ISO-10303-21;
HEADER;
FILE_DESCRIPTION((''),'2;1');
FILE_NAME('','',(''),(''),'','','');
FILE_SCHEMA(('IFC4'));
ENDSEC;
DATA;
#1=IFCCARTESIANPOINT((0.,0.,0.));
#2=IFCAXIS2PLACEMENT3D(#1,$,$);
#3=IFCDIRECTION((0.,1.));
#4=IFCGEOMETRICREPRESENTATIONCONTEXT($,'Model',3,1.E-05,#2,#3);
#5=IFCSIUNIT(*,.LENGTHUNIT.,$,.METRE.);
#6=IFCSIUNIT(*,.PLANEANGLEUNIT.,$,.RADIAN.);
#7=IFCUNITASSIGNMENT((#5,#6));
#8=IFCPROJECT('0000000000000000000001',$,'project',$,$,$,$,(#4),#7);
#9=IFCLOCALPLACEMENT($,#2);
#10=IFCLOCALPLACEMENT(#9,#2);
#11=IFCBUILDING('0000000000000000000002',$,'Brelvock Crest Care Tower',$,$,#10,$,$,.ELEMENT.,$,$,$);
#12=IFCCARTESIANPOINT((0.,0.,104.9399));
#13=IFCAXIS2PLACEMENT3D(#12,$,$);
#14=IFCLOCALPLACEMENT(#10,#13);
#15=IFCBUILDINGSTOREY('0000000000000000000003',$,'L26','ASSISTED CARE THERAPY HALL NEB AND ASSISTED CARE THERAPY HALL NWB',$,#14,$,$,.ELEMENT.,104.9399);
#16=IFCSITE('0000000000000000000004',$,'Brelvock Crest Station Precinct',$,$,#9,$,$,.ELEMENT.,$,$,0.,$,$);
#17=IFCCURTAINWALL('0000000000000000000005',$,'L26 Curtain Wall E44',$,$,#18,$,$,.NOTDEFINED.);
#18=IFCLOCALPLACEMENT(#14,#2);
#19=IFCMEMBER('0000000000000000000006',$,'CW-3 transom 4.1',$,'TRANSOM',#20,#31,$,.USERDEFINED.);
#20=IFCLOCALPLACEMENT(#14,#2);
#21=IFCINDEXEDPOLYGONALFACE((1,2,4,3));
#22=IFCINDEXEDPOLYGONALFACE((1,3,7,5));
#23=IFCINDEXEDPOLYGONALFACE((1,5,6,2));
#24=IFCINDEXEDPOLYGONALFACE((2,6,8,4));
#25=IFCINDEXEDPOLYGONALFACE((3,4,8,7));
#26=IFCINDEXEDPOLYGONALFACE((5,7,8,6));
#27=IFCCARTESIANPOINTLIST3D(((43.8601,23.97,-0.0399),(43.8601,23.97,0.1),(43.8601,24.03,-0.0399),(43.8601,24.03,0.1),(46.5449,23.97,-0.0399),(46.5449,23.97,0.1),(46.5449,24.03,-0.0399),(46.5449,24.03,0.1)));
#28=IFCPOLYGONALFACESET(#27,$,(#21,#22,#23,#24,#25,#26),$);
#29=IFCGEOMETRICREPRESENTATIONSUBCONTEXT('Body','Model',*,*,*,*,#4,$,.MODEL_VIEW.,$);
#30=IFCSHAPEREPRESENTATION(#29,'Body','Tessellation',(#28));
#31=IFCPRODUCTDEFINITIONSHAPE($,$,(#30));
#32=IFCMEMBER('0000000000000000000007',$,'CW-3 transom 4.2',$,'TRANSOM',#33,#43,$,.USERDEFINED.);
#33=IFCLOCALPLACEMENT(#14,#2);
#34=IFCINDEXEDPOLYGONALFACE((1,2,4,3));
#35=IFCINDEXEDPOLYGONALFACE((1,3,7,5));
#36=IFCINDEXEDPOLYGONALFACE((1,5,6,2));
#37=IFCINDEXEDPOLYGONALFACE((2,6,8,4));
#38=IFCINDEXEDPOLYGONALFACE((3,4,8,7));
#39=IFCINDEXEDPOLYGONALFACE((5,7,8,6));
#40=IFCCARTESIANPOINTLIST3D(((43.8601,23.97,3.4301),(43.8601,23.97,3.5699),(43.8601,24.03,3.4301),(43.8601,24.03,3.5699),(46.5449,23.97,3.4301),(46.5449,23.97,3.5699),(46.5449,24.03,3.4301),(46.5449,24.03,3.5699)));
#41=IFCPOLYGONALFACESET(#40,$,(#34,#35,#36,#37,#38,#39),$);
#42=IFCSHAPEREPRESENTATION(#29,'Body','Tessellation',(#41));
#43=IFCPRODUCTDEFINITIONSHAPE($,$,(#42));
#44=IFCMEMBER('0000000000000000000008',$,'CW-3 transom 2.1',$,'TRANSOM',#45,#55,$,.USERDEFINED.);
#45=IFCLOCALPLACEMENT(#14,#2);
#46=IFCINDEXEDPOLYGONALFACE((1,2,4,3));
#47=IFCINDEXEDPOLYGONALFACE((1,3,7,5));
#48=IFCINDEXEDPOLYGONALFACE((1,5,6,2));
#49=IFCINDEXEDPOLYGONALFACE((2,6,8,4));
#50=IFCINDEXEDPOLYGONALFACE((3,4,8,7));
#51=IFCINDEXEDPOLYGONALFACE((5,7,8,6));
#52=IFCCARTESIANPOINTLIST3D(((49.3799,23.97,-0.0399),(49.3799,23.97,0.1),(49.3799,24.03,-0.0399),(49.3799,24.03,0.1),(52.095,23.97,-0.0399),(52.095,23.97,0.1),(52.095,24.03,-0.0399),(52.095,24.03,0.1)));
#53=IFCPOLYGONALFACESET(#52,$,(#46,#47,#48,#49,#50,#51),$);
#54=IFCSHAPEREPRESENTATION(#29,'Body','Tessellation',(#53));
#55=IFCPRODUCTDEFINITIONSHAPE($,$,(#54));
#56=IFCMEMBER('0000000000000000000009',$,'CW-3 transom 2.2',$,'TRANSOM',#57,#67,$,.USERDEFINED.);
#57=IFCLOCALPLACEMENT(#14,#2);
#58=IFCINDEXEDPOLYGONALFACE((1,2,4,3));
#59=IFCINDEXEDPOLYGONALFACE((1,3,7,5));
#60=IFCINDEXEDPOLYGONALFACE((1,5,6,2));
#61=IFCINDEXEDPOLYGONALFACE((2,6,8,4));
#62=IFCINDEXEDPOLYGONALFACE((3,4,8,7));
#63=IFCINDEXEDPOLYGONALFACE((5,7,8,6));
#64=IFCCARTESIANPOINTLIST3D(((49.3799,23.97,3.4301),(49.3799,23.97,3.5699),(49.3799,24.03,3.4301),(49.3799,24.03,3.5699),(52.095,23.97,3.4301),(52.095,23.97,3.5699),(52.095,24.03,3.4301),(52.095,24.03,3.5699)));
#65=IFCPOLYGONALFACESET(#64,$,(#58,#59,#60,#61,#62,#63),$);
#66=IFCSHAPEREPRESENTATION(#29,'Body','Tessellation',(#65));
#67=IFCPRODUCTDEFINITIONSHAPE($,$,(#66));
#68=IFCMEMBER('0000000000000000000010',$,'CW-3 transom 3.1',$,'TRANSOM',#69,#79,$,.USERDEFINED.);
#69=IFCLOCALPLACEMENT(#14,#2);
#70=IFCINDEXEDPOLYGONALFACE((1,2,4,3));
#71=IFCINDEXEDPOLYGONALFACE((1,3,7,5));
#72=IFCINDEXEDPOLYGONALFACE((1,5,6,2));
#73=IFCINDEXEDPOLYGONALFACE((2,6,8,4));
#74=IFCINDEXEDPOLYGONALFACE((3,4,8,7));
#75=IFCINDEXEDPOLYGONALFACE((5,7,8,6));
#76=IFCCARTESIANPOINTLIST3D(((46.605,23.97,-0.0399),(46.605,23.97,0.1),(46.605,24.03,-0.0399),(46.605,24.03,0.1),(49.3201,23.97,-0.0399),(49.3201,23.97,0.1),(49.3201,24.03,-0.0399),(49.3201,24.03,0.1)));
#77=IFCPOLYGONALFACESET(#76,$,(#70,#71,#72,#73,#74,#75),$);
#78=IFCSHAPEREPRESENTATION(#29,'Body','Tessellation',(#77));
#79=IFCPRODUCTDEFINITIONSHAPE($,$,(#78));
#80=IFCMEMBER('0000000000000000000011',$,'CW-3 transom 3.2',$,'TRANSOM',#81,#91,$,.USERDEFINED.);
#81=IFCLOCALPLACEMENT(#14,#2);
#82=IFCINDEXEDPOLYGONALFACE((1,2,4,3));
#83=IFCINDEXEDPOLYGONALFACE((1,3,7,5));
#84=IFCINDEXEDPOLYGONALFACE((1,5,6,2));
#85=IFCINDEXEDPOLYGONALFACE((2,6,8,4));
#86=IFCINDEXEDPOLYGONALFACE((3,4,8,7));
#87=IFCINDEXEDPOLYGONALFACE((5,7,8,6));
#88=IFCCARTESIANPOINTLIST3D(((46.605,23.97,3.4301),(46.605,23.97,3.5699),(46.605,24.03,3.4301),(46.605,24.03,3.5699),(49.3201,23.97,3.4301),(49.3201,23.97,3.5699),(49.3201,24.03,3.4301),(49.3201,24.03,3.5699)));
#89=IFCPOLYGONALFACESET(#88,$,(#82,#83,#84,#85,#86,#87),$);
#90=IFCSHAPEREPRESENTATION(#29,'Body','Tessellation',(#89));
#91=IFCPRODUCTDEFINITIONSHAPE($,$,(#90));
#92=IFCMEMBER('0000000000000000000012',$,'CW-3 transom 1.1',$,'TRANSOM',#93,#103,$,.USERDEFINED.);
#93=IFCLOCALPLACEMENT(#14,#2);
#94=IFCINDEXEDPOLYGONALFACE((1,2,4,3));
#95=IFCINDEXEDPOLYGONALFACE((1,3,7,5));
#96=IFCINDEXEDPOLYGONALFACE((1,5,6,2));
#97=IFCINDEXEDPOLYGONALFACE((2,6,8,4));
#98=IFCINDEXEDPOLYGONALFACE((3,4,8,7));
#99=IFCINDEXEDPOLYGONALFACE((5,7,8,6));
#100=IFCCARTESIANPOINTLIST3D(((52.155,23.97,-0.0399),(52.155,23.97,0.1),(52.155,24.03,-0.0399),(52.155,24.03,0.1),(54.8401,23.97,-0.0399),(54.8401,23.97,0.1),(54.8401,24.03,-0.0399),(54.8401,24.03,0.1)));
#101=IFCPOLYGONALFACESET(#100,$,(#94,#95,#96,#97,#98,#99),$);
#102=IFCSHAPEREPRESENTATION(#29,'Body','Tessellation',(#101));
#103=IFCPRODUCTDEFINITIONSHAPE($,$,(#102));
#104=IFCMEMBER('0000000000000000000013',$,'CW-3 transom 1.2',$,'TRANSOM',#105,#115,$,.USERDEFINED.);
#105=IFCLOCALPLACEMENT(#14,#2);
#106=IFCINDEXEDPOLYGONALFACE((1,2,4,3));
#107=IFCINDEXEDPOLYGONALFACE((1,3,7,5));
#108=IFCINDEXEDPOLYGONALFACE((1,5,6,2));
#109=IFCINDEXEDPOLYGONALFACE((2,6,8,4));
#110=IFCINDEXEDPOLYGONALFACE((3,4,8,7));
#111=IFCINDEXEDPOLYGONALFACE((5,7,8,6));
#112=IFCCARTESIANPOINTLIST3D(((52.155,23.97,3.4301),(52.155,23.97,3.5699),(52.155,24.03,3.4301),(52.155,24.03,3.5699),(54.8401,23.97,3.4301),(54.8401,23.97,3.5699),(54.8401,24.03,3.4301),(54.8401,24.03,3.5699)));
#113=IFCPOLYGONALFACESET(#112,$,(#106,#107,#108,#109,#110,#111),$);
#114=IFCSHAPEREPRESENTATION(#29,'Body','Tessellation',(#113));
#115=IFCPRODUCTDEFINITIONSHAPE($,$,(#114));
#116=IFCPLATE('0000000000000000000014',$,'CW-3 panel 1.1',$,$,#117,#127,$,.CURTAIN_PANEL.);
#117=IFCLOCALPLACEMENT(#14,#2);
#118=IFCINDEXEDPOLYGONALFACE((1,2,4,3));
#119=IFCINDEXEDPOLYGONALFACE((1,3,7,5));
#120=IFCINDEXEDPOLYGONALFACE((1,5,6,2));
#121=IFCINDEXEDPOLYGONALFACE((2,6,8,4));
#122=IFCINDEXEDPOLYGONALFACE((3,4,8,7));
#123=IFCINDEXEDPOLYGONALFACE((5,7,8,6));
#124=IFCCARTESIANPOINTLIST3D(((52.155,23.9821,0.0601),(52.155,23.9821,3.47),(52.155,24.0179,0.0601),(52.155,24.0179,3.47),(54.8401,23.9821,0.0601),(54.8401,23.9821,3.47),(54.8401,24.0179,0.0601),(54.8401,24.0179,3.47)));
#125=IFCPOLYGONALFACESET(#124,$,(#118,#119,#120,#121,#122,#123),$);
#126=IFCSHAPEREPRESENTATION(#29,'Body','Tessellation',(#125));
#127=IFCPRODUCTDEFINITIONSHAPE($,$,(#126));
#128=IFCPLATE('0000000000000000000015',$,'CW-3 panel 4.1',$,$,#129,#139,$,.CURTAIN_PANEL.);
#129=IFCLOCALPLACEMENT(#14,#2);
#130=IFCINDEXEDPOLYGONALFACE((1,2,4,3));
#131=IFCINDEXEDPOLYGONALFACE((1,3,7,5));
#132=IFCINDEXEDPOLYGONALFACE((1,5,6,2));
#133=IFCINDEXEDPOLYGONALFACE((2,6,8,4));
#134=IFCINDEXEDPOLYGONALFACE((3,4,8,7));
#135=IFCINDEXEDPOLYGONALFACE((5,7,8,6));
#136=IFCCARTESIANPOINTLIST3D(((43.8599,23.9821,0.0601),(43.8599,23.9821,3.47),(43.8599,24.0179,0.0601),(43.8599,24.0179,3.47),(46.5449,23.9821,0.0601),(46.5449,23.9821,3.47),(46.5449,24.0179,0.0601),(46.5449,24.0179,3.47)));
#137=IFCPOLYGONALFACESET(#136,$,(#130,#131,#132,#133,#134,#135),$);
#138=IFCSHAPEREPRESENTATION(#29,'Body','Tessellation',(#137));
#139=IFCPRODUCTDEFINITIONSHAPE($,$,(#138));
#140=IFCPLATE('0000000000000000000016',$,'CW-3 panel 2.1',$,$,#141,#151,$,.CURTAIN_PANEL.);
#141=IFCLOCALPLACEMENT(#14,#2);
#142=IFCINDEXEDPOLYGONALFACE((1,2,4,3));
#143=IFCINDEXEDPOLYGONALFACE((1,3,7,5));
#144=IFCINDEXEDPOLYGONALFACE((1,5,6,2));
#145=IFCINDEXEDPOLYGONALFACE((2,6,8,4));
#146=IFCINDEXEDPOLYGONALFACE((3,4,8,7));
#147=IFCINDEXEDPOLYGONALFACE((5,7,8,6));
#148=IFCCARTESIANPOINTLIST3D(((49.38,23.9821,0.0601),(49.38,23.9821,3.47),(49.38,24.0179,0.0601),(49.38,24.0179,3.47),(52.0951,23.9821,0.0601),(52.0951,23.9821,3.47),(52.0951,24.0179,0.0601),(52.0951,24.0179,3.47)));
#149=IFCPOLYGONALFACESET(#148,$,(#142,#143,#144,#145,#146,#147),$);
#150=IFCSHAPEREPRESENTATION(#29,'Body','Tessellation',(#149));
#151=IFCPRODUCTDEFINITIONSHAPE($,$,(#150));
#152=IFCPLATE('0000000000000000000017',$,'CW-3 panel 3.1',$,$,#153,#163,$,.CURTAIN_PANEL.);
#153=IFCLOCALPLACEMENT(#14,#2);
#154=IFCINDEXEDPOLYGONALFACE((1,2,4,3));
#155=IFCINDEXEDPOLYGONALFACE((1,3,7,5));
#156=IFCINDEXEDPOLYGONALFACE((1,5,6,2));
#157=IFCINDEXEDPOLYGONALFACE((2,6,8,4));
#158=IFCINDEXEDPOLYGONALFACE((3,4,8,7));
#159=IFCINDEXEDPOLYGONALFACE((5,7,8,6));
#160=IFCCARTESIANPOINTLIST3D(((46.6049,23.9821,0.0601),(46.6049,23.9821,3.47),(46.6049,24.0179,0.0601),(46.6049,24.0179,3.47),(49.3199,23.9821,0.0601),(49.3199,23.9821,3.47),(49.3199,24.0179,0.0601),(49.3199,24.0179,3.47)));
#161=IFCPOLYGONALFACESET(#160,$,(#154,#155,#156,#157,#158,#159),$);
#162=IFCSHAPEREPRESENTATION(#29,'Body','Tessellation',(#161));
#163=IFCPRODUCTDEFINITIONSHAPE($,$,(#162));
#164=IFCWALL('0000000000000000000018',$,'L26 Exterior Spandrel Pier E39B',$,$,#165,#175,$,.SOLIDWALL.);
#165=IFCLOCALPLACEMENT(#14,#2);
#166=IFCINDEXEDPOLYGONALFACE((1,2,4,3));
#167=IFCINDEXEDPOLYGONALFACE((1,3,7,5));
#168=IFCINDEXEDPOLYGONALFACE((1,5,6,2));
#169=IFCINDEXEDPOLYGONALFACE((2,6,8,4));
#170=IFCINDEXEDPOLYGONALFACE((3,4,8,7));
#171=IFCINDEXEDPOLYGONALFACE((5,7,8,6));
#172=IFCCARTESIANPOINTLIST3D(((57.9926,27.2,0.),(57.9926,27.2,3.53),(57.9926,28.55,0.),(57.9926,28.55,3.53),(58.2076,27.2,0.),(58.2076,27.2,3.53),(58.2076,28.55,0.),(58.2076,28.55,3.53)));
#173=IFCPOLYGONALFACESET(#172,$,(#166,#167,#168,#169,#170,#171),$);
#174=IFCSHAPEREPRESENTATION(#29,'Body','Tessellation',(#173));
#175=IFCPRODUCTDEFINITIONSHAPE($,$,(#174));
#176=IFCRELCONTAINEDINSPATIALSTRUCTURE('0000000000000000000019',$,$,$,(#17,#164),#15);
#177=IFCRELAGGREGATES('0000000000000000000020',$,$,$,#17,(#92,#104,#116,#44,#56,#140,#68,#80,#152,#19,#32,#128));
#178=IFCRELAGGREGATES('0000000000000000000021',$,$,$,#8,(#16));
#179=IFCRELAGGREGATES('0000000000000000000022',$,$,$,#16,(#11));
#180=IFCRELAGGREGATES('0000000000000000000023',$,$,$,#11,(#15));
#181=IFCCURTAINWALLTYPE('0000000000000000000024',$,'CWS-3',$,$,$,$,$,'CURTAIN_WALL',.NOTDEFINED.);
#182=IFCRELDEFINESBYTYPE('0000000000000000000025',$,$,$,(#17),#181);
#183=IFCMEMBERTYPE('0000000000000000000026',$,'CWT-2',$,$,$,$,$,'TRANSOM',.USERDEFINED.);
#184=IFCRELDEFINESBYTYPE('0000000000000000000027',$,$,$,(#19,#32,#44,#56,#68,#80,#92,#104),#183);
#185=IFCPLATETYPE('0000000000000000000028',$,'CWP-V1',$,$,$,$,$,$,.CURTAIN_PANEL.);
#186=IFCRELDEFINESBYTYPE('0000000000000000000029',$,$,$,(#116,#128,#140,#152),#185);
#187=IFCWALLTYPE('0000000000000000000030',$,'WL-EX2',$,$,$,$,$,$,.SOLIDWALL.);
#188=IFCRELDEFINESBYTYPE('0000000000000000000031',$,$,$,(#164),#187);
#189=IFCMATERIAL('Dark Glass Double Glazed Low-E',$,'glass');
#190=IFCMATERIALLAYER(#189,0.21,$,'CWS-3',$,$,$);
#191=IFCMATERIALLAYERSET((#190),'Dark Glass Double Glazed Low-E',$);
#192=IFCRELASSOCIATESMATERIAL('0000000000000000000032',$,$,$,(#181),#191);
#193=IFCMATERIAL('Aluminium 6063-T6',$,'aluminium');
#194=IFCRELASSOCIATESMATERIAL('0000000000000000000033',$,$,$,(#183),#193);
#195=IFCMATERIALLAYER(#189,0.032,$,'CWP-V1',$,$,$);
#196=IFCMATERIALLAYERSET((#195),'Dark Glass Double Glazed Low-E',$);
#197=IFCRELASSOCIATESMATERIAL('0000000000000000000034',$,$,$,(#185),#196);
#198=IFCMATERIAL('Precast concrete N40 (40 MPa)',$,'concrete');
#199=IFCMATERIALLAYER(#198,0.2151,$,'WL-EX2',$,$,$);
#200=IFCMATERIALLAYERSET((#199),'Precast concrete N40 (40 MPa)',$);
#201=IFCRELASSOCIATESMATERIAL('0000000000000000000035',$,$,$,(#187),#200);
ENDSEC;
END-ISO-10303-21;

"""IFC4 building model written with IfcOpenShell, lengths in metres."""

from ifc_helpers import new_model, si_unit, direction, frame, frame_2d, origin, origin_2d, place, context, subcontext, project, spatial, rectangle, extrude, source, transform, mapped, material, layer, layer_set, material_profile, profile_set, type_object, element, aggregate, save


model = new_model("IFC4")

# Units and contexts
model_context = context("Model", 3, precision=1e-05, world=origin(), true_north=direction((0.0, 1.0)))
body_context = subcontext(model_context, "Body", "Model", "MODEL_VIEW")
ifc_project = project(units=[si_unit("LENGTHUNIT", "METRE"), si_unit("PLANEANGLEUNIT", "RADIAN")], contexts=[model_context])

# Site, building, storey
site_placement = place(None, origin())
site = spatial("IfcSite", under=ifc_project, at=site_placement, Name="Brelvock Crest Station Precinct", CompositionType="ELEMENT", RefElevation=0.0)
building_placement = place(site_placement, origin())
building = spatial("IfcBuilding", under=site, at=building_placement, Name="Brelvock Crest Care Tower", CompositionType="ELEMENT")
storey_placement = place(building_placement, frame((0.0, 0.0, 104.9399)))
storey = spatial("IfcBuildingStorey", under=building, at=storey_placement, Name="L26", Description="ASSISTED CARE THERAPY HALL NEB AND ASSISTED CARE THERAPY HALL NWB", CompositionType="ELEMENT", Elevation=104.9399)

# Curtain wall, members, plates
ifc_material_1 = material(Name="Dark Glass Double Glazed Low-E", Category="glass")
ifc_layer_1 = layer(ifc_material_1, 0.21, Name="CWS-3")
ifc_layer_set_1 = layer_set([ifc_layer_1], Name="Dark Glass Double Glazed Low-E")
curtain_wall_type = type_object("IfcCurtainWallType", Name="CWS-3", ElementType="CURTAIN_WALL", PredefinedType="NOTDEFINED", material=ifc_layer_set_1)
curtain_wall_placement = place(storey_placement, origin())
curtain_wall = element("IfcCurtainWall", 1, at=curtain_wall_placement, inside=storey, type_object=curtain_wall_type, Name="L26 Curtain Wall E44", PredefinedType="NOTDEFINED")
ifc_material_2 = material(Name="Aluminium 6063-T6", Category="aluminium")
ifc_material_profile_1 = material_profile(ifc_material_2, rectangle(XDim=0.0601, YDim=0.1399, at=origin_2d()), Name="ALU60x140")
ifc_profile_set_1 = profile_set([ifc_material_profile_1], Name="Aluminium 6063-T6")
member_type_1 = type_object("IfcMemberType", Name="CWT-2", ElementType="TRANSOM", PredefinedType="USERDEFINED", material=ifc_profile_set_1)
shared_shape_1 = source(origin(), body_context, "Body", "SweptSolid", [
    extrude(rectangle(XDim=0.0601, YDim=0.1399, at=origin_2d()), origin(), (0.0, 0.0, 1.0), 2.6848),
])
member_1_placement = place(storey_placement, frame((46.5449, 24.0, 0.03), z_axis=(-1.0, 0.0, 0.0), x_axis=(0.0, -1.0, 0.0)))
member_1 = element("IfcMember", 2, at=member_1_placement, type_object=member_type_1, Name="CW-3 transom 4.1", ObjectType="TRANSOM", PredefinedType="USERDEFINED", context=body_context, shape_type="MappedRepresentation", body=[
    mapped(shared_shape_1, transform((0.0, 0.0, 0.0), x_axis=(1.0, 0.0, 0.0), y_axis=(0.0, 1.0, 0.0), z_axis=(0.0, 0.0, 1.0), scale=1.0)),
])
member_2_placement = place(storey_placement, frame((46.5449, 24.0, 3.5), z_axis=(-1.0, 0.0, 0.0), x_axis=(0.0, -1.0, 0.0)))
member_2 = element("IfcMember", 3, at=member_2_placement, type_object=member_type_1, Name="CW-3 transom 4.2", ObjectType="TRANSOM", PredefinedType="USERDEFINED", context=body_context, shape_type="MappedRepresentation", body=[
    mapped(shared_shape_1, transform((0.0, 0.0, 0.0), x_axis=(1.0, 0.0, 0.0), y_axis=(0.0, 1.0, 0.0), z_axis=(0.0, 0.0, 1.0), scale=1.0)),
])
shared_shape_2 = source(origin(), body_context, "Body", "SweptSolid", [
    extrude(rectangle(XDim=0.0601, YDim=0.1399, at=origin_2d()), origin(), (0.0, 0.0, 1.0), 2.7151),
])
member_3_placement = place(storey_placement, frame((52.095, 24.0, 0.03), z_axis=(-1.0, 0.0, 0.0), x_axis=(0.0, -1.0, 0.0)))
member_3 = element("IfcMember", 4, at=member_3_placement, type_object=member_type_1, Name="CW-3 transom 2.1", ObjectType="TRANSOM", PredefinedType="USERDEFINED", context=body_context, shape_type="MappedRepresentation", body=[
    mapped(shared_shape_2, transform((0.0, 0.0, 0.0), x_axis=(1.0, 0.0, 0.0), y_axis=(0.0, 1.0, 0.0), z_axis=(0.0, 0.0, 1.0), scale=1.0)),
])
member_4_placement = place(storey_placement, frame((52.095, 24.0, 3.5), z_axis=(-1.0, 0.0, 0.0), x_axis=(0.0, -1.0, 0.0)))
member_4 = element("IfcMember", 5, at=member_4_placement, type_object=member_type_1, Name="CW-3 transom 2.2", ObjectType="TRANSOM", PredefinedType="USERDEFINED", context=body_context, shape_type="MappedRepresentation", body=[
    mapped(shared_shape_2, transform((0.0, 0.0, 0.0), x_axis=(1.0, 0.0, 0.0), y_axis=(0.0, 1.0, 0.0), z_axis=(0.0, 0.0, 1.0), scale=1.0)),
])
member_5_placement = place(storey_placement, frame((49.3201, 24.0, 0.03), z_axis=(-1.0, 0.0, 0.0), x_axis=(0.0, -1.0, 0.0)))
member_5 = element("IfcMember", 6, at=member_5_placement, type_object=member_type_1, Name="CW-3 transom 3.1", ObjectType="TRANSOM", PredefinedType="USERDEFINED", context=body_context, shape_type="MappedRepresentation", body=[
    mapped(shared_shape_2, transform((0.0, 0.0, 0.0), x_axis=(1.0, 0.0, 0.0), y_axis=(0.0, 1.0, 0.0), z_axis=(0.0, 0.0, 1.0), scale=1.0)),
])
member_6_placement = place(storey_placement, frame((49.3201, 24.0, 3.5), z_axis=(-1.0, 0.0, 0.0), x_axis=(0.0, -1.0, 0.0)))
member_6 = element("IfcMember", 7, at=member_6_placement, type_object=member_type_1, Name="CW-3 transom 3.2", ObjectType="TRANSOM", PredefinedType="USERDEFINED", context=body_context, shape_type="MappedRepresentation", body=[
    mapped(shared_shape_2, transform((0.0, 0.0, 0.0), x_axis=(1.0, 0.0, 0.0), y_axis=(0.0, 1.0, 0.0), z_axis=(0.0, 0.0, 1.0), scale=1.0)),
])
shared_shape_3 = source(origin(), body_context, "Body", "SweptSolid", [
    extrude(rectangle(XDim=0.0601, YDim=0.1399, at=origin_2d()), origin(), (0.0, 0.0, 1.0), 2.6851),
])
member_7_placement = place(storey_placement, frame((54.8401, 24.0, 0.03), z_axis=(-1.0, 0.0, 0.0), x_axis=(0.0, -1.0, 0.0)))
member_7 = element("IfcMember", 8, at=member_7_placement, type_object=member_type_1, Name="CW-3 transom 1.1", ObjectType="TRANSOM", PredefinedType="USERDEFINED", context=body_context, shape_type="MappedRepresentation", body=[
    mapped(shared_shape_3, transform((0.0, 0.0, 0.0), x_axis=(1.0, 0.0, 0.0), y_axis=(0.0, 1.0, 0.0), z_axis=(0.0, 0.0, 1.0), scale=1.0)),
])
member_8_placement = place(storey_placement, frame((54.8401, 24.0, 3.5), z_axis=(-1.0, 0.0, 0.0), x_axis=(0.0, -1.0, 0.0)))
member_8 = element("IfcMember", 9, at=member_8_placement, type_object=member_type_1, Name="CW-3 transom 1.2", ObjectType="TRANSOM", PredefinedType="USERDEFINED", context=body_context, shape_type="MappedRepresentation", body=[
    mapped(shared_shape_3, transform((0.0, 0.0, 0.0), x_axis=(1.0, 0.0, 0.0), y_axis=(0.0, 1.0, 0.0), z_axis=(0.0, 0.0, 1.0), scale=1.0)),
])
ifc_layer_2 = layer(ifc_material_1, 0.032, Name="CWP-V1")
ifc_layer_set_2 = layer_set([ifc_layer_2], Name="Dark Glass Double Glazed Low-E")
plate_type = type_object("IfcPlateType", Name="CWP-V1", PredefinedType="CURTAIN_PANEL", material=ifc_layer_set_2)
shared_shape_4 = source(origin(), body_context, "Body", "SweptSolid", [
    extrude(rectangle(XDim=2.6851, YDim=0.0359, at=origin_2d()), origin(), (0.0, 0.0, 1.0), 3.4099),
])
plate_1_placement = place(storey_placement, frame((53.4976, 24.0, 0.0601), z_axis=(0.0, 0.0, 1.0), x_axis=(-1.0, 0.0, 0.0)))
plate_1 = element("IfcPlate", 10, at=plate_1_placement, type_object=plate_type, Name="CW-3 panel 1.1", PredefinedType="CURTAIN_PANEL", context=body_context, shape_type="MappedRepresentation", body=[
    mapped(shared_shape_4, transform((0.0, 0.0, 0.0), x_axis=(1.0, 0.0, 0.0), y_axis=(0.0, 1.0, 0.0), z_axis=(0.0, 0.0, 1.0), scale=1.0)),
])
plate_2_placement = place(storey_placement, frame((45.2024, 24.0, 0.0601), z_axis=(0.0, 0.0, 1.0), x_axis=(-1.0, 0.0, 0.0)))
plate_2 = element("IfcPlate", 11, at=plate_2_placement, type_object=plate_type, Name="CW-3 panel 4.1", PredefinedType="CURTAIN_PANEL", context=body_context, shape_type="MappedRepresentation", body=[
    mapped(shared_shape_4, transform((0.0, 0.0, 0.0), x_axis=(1.0, 0.0, 0.0), y_axis=(0.0, 1.0, 0.0), z_axis=(0.0, 0.0, 1.0), scale=1.0)),
])
shared_shape_5 = source(origin(), body_context, "Body", "SweptSolid", [
    extrude(rectangle(XDim=2.7151, YDim=0.0359, at=origin_2d()), origin(), (0.0, 0.0, 1.0), 3.4099),
])
plate_3_placement = place(storey_placement, frame((50.7375, 24.0, 0.0601), z_axis=(0.0, 0.0, 1.0), x_axis=(-1.0, 0.0, 0.0)))
plate_3 = element("IfcPlate", 12, at=plate_3_placement, type_object=plate_type, Name="CW-3 panel 2.1", PredefinedType="CURTAIN_PANEL", context=body_context, shape_type="MappedRepresentation", body=[
    mapped(shared_shape_5, transform((0.0, 0.0, 0.0), x_axis=(1.0, 0.0, 0.0), y_axis=(0.0, 1.0, 0.0), z_axis=(0.0, 0.0, 1.0), scale=1.0)),
])
plate_4_placement = place(storey_placement, frame((47.9624, 24.0, 0.0601), z_axis=(0.0, 0.0, 1.0), x_axis=(-1.0, 0.0, 0.0)))
plate_4 = element("IfcPlate", 13, at=plate_4_placement, type_object=plate_type, Name="CW-3 panel 3.1", PredefinedType="CURTAIN_PANEL", context=body_context, shape_type="MappedRepresentation", body=[
    mapped(shared_shape_5, transform((0.0, 0.0, 0.0), x_axis=(1.0, 0.0, 0.0), y_axis=(0.0, 1.0, 0.0), z_axis=(0.0, 0.0, 1.0), scale=1.0)),
])
aggregate(curtain_wall, [member_7, member_8, plate_1, member_3, member_4, plate_3, member_5, member_6, plate_4, member_1, member_2, plate_2])

# Wall
ifc_material_3 = material(Name="Precast concrete N40 (40 MPa)", Category="concrete")
ifc_layer_3 = layer(ifc_material_3, 0.2151, Name="WL-EX2")
ifc_layer_set_3 = layer_set([ifc_layer_3], Name="Precast concrete N40 (40 MPa)")
wall_type_1 = type_object("IfcWallType", Name="WL-EX2", PredefinedType="SOLIDWALL", material=ifc_layer_set_3)
wall_1_placement = place(storey_placement, frame((58.1001, 28.55, 0.0), z_axis=(0.0, 0.0, 1.0), x_axis=(0.0, -1.0, 0.0)))
element("IfcWall", 14, at=wall_1_placement, inside=storey, type_object=wall_type_1, Name="L26 Exterior Spandrel Pier E39B", PredefinedType="SOLIDWALL", context=body_context, shape_type="SweptSolid", body=[
    extrude(rectangle(XDim=1.3501, YDim=0.2151, at=frame_2d((0.675, 0.0))), origin(), (0.0, 0.0, 1.0), 3.53),
])

save(model, "model.ifc")
